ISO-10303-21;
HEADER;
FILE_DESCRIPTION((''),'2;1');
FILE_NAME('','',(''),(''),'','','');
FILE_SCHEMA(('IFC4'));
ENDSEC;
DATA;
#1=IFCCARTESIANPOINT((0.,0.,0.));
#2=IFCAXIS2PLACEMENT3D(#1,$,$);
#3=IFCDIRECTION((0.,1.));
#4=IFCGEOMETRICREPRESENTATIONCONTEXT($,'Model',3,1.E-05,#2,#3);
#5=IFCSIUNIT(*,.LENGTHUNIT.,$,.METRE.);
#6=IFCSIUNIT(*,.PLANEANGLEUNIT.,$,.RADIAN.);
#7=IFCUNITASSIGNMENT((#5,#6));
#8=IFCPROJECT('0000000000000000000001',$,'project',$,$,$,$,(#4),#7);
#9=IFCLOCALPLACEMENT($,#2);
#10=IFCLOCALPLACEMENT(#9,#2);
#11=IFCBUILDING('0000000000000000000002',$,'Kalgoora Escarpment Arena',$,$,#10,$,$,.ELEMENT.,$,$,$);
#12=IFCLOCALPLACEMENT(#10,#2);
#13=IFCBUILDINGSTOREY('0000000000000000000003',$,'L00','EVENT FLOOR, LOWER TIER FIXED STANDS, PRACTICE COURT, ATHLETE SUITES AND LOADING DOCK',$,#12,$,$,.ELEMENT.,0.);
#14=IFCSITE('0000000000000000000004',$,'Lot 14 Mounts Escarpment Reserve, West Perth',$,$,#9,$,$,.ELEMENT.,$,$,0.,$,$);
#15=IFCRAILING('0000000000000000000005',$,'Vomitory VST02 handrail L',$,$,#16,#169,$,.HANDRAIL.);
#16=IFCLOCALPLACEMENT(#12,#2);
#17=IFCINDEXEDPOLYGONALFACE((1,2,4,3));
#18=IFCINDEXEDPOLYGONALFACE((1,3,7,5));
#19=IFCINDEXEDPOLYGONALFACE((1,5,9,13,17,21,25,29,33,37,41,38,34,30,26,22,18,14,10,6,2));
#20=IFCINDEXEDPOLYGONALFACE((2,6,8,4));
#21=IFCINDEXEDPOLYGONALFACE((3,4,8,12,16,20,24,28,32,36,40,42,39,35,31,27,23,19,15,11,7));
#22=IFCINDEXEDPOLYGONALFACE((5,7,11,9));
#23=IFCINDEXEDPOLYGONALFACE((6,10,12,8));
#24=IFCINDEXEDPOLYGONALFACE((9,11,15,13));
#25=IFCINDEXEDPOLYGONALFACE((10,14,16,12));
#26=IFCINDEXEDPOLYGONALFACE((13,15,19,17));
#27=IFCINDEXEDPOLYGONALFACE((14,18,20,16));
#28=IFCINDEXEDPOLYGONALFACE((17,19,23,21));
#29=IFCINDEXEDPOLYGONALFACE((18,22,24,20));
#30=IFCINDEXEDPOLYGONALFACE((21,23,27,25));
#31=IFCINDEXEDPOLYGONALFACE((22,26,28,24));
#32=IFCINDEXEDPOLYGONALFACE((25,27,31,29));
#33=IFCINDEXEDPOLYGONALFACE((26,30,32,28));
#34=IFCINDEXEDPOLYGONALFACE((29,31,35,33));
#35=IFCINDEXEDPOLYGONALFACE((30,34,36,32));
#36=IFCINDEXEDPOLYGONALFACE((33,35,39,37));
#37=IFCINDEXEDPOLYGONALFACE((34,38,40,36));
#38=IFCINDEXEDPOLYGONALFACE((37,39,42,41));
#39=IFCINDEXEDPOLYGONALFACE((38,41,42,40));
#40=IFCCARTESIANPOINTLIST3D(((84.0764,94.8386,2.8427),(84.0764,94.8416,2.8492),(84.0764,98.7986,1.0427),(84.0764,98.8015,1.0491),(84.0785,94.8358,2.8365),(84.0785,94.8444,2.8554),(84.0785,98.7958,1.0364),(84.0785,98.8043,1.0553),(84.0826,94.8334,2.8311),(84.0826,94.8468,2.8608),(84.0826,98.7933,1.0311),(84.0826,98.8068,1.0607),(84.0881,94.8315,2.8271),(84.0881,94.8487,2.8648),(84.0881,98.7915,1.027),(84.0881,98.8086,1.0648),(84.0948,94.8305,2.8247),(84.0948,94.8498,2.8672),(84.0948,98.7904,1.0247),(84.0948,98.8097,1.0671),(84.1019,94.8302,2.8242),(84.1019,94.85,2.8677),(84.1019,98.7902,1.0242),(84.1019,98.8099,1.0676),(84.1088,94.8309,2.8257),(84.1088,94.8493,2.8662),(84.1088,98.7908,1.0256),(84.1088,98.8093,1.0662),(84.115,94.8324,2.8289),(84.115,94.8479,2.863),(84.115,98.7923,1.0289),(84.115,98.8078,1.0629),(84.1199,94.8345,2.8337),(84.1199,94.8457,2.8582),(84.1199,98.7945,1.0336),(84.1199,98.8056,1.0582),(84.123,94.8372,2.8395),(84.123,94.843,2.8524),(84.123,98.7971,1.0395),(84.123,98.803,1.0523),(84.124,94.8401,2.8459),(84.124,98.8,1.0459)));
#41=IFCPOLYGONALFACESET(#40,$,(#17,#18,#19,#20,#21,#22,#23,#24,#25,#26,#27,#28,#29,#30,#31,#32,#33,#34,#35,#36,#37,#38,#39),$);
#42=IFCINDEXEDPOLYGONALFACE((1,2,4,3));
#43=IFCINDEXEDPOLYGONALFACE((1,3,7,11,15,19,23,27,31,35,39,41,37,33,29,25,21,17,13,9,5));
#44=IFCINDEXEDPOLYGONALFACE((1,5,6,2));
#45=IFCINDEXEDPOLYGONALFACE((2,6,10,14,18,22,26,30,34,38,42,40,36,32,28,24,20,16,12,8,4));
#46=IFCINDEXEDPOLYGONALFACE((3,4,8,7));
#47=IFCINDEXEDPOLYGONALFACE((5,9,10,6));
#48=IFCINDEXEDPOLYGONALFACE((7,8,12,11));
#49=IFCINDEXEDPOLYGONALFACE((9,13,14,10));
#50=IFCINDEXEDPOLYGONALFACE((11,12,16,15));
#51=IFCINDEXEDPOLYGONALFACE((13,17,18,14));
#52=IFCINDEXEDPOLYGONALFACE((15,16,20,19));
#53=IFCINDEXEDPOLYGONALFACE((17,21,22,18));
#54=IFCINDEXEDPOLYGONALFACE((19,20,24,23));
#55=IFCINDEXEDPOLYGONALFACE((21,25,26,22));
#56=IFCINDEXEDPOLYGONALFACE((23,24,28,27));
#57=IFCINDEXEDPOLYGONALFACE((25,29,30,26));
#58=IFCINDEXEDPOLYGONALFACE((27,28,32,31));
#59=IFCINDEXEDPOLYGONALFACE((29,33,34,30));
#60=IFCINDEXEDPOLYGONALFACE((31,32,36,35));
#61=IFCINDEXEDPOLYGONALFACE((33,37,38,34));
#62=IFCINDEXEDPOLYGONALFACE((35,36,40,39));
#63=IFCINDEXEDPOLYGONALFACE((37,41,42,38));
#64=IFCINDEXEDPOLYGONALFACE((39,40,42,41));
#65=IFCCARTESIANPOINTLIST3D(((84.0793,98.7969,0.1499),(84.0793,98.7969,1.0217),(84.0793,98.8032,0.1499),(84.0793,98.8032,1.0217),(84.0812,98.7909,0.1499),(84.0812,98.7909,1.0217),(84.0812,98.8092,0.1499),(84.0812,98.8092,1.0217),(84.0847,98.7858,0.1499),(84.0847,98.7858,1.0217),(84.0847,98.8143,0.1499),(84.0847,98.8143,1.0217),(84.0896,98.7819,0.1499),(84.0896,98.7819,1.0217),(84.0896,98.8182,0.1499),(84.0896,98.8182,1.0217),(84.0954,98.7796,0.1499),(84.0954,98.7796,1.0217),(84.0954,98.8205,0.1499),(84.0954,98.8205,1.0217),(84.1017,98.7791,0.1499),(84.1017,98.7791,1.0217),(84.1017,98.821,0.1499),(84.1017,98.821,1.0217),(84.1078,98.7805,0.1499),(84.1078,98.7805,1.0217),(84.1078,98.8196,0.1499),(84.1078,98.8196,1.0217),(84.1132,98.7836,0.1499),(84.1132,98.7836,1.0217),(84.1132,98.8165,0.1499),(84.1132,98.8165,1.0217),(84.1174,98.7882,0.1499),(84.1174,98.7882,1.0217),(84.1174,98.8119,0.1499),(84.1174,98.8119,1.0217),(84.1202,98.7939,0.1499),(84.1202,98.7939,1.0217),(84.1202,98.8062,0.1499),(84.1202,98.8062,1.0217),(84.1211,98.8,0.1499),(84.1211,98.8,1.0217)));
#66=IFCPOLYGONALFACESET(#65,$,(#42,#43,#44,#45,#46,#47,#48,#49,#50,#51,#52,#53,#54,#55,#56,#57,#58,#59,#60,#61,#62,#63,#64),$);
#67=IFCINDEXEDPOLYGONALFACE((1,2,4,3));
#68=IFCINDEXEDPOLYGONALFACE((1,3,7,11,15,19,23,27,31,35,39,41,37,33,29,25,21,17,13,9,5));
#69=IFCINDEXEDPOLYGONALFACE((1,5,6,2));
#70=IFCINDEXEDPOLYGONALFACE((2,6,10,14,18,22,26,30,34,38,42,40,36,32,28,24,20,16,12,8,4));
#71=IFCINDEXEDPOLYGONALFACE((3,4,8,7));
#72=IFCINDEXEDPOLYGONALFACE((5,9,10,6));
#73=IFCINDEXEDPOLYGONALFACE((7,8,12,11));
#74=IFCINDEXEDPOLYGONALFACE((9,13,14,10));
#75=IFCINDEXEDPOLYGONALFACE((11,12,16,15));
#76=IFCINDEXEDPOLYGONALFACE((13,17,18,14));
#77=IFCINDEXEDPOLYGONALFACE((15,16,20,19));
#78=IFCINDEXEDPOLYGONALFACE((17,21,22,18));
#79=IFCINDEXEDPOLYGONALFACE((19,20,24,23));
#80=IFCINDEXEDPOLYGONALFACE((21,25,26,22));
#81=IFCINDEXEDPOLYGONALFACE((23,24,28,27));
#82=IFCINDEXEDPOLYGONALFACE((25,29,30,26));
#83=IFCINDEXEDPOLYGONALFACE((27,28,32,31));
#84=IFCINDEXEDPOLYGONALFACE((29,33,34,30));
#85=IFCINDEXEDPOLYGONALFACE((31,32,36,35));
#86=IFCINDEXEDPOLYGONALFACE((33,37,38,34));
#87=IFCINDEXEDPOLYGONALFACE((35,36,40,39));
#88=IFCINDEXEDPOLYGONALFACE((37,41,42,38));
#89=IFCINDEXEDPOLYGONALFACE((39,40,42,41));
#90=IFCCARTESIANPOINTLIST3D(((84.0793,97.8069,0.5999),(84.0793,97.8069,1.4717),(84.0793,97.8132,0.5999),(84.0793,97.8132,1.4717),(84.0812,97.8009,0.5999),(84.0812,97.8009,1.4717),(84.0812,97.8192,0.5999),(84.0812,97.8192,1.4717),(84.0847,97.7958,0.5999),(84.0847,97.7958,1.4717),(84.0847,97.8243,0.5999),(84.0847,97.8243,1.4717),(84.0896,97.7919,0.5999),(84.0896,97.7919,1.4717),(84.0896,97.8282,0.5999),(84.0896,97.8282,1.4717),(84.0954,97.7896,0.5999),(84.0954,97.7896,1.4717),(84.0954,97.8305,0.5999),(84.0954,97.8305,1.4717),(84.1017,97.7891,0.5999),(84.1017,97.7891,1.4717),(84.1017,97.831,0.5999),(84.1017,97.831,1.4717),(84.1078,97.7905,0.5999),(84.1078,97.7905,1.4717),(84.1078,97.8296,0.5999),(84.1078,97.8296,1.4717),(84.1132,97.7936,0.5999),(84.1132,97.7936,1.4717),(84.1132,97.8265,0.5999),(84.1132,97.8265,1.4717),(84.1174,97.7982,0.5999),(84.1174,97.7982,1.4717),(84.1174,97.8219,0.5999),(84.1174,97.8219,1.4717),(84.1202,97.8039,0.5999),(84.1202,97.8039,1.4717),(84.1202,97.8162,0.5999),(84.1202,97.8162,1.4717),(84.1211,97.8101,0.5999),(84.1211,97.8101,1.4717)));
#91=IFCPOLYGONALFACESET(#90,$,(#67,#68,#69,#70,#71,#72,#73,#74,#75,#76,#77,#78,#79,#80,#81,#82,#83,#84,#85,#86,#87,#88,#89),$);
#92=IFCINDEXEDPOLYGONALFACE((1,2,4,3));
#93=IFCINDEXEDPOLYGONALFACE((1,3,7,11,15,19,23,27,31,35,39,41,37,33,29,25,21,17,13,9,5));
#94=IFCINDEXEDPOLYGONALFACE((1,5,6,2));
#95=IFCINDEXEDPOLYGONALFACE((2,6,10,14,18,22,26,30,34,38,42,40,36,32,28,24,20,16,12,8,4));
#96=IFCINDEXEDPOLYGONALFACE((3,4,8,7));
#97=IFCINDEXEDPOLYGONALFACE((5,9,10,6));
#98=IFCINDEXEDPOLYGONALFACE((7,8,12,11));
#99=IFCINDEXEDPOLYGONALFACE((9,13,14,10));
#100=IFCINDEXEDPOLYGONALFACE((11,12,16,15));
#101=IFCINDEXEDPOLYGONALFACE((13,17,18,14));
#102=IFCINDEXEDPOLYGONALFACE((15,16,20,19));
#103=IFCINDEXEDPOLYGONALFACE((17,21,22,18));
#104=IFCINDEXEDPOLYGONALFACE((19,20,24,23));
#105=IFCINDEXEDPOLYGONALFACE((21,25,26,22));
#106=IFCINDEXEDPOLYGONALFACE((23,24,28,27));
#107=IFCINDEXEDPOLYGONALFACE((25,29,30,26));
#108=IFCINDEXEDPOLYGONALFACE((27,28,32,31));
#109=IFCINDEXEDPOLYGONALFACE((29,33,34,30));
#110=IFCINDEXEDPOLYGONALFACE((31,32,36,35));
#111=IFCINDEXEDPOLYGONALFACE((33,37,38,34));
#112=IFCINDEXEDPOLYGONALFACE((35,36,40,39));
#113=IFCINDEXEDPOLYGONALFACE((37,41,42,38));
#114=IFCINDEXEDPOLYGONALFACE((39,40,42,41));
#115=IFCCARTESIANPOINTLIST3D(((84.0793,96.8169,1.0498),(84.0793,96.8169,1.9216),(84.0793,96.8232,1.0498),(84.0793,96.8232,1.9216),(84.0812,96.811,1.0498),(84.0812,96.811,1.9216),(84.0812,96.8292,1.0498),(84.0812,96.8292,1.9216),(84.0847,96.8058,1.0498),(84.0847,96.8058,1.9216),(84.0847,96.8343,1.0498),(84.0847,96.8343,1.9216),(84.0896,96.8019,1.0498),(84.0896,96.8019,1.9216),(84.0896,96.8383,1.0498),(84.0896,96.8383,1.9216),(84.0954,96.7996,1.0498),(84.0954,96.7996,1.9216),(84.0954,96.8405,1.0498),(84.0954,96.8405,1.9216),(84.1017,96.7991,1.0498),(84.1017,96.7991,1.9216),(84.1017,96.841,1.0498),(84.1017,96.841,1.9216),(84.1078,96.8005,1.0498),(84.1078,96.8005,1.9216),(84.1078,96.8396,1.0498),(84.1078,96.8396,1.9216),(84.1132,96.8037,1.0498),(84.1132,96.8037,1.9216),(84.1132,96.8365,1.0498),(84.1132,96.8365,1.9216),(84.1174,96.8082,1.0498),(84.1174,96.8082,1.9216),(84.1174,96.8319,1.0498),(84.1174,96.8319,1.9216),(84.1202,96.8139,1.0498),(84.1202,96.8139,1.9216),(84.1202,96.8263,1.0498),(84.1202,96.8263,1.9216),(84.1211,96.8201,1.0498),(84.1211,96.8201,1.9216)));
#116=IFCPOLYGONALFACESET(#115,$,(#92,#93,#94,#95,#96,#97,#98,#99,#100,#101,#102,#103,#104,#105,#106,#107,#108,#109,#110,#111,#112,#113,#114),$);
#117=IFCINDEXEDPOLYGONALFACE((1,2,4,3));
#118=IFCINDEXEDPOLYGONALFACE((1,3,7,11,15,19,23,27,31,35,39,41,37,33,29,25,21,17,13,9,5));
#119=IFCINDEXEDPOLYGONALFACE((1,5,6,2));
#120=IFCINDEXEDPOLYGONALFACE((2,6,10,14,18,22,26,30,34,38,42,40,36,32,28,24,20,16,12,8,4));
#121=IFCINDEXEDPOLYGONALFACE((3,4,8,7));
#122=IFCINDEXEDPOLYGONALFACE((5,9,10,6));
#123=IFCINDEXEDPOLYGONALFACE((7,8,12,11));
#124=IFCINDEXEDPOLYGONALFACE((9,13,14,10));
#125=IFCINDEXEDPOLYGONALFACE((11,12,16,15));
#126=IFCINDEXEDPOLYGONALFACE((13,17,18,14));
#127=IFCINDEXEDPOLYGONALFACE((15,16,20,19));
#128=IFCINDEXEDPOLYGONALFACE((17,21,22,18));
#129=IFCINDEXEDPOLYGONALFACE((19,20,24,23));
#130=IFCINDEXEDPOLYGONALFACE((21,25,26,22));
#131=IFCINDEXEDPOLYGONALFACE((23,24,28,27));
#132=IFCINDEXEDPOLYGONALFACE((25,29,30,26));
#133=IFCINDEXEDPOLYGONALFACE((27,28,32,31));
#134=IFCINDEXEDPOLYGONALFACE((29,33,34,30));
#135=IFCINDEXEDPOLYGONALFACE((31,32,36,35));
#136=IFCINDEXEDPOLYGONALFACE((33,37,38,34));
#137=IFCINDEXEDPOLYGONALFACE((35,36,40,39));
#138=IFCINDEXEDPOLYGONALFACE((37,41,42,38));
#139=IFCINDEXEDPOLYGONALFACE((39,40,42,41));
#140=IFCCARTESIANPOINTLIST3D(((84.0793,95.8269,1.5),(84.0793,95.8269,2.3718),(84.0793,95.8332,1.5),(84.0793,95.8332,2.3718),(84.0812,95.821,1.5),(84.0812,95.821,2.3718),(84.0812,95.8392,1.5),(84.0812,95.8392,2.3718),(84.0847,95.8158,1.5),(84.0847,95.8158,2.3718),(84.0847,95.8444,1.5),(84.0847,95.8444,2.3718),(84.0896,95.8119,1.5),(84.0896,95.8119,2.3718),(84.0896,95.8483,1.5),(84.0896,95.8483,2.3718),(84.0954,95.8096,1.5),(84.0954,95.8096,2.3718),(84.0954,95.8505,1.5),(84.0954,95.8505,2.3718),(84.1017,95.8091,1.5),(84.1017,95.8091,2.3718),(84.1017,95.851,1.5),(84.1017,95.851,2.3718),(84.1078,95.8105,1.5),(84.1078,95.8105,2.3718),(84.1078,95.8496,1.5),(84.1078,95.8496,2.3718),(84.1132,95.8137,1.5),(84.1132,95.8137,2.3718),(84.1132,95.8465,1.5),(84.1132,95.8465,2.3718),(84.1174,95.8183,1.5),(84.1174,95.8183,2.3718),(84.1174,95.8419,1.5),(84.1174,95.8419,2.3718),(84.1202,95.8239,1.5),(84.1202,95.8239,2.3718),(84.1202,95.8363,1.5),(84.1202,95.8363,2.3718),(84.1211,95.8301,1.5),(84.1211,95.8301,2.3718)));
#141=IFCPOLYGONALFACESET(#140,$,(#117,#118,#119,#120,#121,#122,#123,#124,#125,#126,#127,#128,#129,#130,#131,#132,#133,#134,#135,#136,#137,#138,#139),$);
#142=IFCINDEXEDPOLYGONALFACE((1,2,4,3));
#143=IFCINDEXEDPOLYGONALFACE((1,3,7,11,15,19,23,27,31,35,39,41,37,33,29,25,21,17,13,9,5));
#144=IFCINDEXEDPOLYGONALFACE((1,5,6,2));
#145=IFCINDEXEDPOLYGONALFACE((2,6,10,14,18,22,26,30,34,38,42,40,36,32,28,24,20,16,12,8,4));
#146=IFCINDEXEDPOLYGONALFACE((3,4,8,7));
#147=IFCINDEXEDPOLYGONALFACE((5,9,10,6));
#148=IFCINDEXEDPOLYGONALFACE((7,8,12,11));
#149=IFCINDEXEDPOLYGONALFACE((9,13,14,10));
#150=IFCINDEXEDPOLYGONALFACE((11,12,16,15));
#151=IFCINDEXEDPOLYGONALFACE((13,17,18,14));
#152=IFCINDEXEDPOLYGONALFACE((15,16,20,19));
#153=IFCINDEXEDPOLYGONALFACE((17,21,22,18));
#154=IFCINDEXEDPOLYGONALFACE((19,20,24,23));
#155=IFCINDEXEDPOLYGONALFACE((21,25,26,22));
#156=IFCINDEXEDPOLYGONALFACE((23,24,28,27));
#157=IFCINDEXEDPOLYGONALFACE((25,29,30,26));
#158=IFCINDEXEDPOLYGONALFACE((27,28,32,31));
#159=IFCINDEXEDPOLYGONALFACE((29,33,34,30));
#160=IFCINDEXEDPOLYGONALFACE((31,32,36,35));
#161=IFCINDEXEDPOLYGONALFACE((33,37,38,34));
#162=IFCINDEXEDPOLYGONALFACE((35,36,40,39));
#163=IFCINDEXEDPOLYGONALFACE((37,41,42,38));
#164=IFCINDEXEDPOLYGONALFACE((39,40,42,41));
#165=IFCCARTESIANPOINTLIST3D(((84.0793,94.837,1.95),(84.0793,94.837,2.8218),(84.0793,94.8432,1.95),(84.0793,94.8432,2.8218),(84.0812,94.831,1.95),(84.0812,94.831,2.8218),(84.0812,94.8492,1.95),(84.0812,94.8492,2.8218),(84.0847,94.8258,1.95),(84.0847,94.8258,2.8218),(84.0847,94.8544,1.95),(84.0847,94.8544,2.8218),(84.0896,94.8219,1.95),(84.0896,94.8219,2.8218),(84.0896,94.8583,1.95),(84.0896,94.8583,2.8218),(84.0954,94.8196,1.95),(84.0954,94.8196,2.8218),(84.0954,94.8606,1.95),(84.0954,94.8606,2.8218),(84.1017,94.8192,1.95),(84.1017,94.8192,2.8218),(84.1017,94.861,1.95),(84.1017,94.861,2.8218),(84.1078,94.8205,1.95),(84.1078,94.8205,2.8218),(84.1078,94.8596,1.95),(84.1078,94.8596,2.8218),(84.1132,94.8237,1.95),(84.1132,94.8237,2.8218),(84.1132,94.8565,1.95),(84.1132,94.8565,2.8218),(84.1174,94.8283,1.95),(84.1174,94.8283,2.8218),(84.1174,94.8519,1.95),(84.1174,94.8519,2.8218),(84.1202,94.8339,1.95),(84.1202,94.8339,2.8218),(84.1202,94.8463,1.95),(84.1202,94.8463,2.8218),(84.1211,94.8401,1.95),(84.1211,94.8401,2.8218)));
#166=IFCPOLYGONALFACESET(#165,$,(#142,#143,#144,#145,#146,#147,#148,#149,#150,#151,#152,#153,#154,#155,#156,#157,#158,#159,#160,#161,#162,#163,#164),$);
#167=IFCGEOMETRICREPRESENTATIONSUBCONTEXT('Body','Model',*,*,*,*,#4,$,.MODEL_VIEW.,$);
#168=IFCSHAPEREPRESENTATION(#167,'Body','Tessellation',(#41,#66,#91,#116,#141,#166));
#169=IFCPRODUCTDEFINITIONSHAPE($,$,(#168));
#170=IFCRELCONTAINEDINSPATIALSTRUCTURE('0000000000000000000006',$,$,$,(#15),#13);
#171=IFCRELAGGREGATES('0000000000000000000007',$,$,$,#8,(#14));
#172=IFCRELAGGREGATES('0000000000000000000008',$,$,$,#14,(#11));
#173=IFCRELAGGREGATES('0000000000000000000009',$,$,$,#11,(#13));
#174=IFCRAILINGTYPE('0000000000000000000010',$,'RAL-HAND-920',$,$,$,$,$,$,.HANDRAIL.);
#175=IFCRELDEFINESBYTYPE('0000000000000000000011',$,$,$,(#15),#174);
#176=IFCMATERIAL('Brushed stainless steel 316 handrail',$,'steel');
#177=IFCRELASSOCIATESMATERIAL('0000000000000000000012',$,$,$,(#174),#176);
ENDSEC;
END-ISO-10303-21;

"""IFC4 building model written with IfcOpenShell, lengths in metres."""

from ifc_helpers import new_model, si_unit, direction, frame, origin, origin_2d, place, context, subcontext, project, spatial, circle, extrude, material, type_object, element, save


model = new_model("IFC4")

# Units and contexts
model_context = context("Model", 3, precision=1e-05, world=origin(), true_north=direction((0.0, 1.0)))
body_context = subcontext(model_context, "Body", "Model", "MODEL_VIEW")
ifc_project = project(units=[si_unit("LENGTHUNIT", "METRE"), si_unit("PLANEANGLEUNIT", "RADIAN")], contexts=[model_context])

# Site, building, storey
site_placement = place(None, origin())
site = spatial("IfcSite", under=ifc_project, at=site_placement, Name="Lot 14 Mounts Escarpment Reserve, West Perth", CompositionType="ELEMENT", RefElevation=0.0)
building_placement = place(site_placement, origin())
building = spatial("IfcBuilding", under=site, at=building_placement, Name="Kalgoora Escarpment Arena", CompositionType="ELEMENT")
storey_placement = place(building_placement, origin())
storey = spatial("IfcBuildingStorey", under=building, at=storey_placement, Name="L00", Description="EVENT FLOOR, LOWER TIER FIXED STANDS, PRACTICE COURT, ATHLETE SUITES AND LOADING DOCK", CompositionType="ELEMENT", Elevation=0.0)

# Railing
ifc_material_1 = material(Name="Brushed stainless steel 316 handrail", Category="steel")
railing_type_1 = type_object("IfcRailingType", Name="RAL-HAND-920", PredefinedType="HANDRAIL", material=ifc_material_1)
for number, where, name in (
    (1, (84.1001, 98.8, 0.1499), "Vomitory VST02 handrail L"),
):
    element("IfcRailing", number, at=place(storey_placement, frame(where)), inside=storey, type_object=railing_type_1, Name=name, PredefinedType="HANDRAIL", context=body_context, shape_type="SweptSolid", body=[
        extrude(circle(Radius=0.0239, at=origin_2d()), frame((0.0, 0.0, 0.896), z_axis=(0.0, -0.910361, 0.413816), x_axis=(1.0, 0.0, 0.0)), (0.0, 0.0, 1.0), 4.3499),
        extrude(circle(Radius=0.021, at=origin_2d()), origin(), (0.0, 0.0, 1.0), 0.8718),
        extrude(circle(Radius=0.021, at=origin_2d()), frame((0.0, -0.99, 0.45)), (0.0, 0.0, 1.0), 0.8718),
        extrude(circle(Radius=0.021, at=origin_2d()), frame((0.0, -1.98, 0.8999)), (0.0, 0.0, 1.0), 0.8718),
        extrude(circle(Radius=0.021, at=origin_2d()), frame((0.0, -2.97, 1.3501)), (0.0, 0.0, 1.0), 0.8718),
        extrude(circle(Radius=0.021, at=origin_2d()), frame((0.0, -3.96, 1.8)), (0.0, 0.0, 1.0), 0.8718),
    ])

save(model, "model.ifc")
